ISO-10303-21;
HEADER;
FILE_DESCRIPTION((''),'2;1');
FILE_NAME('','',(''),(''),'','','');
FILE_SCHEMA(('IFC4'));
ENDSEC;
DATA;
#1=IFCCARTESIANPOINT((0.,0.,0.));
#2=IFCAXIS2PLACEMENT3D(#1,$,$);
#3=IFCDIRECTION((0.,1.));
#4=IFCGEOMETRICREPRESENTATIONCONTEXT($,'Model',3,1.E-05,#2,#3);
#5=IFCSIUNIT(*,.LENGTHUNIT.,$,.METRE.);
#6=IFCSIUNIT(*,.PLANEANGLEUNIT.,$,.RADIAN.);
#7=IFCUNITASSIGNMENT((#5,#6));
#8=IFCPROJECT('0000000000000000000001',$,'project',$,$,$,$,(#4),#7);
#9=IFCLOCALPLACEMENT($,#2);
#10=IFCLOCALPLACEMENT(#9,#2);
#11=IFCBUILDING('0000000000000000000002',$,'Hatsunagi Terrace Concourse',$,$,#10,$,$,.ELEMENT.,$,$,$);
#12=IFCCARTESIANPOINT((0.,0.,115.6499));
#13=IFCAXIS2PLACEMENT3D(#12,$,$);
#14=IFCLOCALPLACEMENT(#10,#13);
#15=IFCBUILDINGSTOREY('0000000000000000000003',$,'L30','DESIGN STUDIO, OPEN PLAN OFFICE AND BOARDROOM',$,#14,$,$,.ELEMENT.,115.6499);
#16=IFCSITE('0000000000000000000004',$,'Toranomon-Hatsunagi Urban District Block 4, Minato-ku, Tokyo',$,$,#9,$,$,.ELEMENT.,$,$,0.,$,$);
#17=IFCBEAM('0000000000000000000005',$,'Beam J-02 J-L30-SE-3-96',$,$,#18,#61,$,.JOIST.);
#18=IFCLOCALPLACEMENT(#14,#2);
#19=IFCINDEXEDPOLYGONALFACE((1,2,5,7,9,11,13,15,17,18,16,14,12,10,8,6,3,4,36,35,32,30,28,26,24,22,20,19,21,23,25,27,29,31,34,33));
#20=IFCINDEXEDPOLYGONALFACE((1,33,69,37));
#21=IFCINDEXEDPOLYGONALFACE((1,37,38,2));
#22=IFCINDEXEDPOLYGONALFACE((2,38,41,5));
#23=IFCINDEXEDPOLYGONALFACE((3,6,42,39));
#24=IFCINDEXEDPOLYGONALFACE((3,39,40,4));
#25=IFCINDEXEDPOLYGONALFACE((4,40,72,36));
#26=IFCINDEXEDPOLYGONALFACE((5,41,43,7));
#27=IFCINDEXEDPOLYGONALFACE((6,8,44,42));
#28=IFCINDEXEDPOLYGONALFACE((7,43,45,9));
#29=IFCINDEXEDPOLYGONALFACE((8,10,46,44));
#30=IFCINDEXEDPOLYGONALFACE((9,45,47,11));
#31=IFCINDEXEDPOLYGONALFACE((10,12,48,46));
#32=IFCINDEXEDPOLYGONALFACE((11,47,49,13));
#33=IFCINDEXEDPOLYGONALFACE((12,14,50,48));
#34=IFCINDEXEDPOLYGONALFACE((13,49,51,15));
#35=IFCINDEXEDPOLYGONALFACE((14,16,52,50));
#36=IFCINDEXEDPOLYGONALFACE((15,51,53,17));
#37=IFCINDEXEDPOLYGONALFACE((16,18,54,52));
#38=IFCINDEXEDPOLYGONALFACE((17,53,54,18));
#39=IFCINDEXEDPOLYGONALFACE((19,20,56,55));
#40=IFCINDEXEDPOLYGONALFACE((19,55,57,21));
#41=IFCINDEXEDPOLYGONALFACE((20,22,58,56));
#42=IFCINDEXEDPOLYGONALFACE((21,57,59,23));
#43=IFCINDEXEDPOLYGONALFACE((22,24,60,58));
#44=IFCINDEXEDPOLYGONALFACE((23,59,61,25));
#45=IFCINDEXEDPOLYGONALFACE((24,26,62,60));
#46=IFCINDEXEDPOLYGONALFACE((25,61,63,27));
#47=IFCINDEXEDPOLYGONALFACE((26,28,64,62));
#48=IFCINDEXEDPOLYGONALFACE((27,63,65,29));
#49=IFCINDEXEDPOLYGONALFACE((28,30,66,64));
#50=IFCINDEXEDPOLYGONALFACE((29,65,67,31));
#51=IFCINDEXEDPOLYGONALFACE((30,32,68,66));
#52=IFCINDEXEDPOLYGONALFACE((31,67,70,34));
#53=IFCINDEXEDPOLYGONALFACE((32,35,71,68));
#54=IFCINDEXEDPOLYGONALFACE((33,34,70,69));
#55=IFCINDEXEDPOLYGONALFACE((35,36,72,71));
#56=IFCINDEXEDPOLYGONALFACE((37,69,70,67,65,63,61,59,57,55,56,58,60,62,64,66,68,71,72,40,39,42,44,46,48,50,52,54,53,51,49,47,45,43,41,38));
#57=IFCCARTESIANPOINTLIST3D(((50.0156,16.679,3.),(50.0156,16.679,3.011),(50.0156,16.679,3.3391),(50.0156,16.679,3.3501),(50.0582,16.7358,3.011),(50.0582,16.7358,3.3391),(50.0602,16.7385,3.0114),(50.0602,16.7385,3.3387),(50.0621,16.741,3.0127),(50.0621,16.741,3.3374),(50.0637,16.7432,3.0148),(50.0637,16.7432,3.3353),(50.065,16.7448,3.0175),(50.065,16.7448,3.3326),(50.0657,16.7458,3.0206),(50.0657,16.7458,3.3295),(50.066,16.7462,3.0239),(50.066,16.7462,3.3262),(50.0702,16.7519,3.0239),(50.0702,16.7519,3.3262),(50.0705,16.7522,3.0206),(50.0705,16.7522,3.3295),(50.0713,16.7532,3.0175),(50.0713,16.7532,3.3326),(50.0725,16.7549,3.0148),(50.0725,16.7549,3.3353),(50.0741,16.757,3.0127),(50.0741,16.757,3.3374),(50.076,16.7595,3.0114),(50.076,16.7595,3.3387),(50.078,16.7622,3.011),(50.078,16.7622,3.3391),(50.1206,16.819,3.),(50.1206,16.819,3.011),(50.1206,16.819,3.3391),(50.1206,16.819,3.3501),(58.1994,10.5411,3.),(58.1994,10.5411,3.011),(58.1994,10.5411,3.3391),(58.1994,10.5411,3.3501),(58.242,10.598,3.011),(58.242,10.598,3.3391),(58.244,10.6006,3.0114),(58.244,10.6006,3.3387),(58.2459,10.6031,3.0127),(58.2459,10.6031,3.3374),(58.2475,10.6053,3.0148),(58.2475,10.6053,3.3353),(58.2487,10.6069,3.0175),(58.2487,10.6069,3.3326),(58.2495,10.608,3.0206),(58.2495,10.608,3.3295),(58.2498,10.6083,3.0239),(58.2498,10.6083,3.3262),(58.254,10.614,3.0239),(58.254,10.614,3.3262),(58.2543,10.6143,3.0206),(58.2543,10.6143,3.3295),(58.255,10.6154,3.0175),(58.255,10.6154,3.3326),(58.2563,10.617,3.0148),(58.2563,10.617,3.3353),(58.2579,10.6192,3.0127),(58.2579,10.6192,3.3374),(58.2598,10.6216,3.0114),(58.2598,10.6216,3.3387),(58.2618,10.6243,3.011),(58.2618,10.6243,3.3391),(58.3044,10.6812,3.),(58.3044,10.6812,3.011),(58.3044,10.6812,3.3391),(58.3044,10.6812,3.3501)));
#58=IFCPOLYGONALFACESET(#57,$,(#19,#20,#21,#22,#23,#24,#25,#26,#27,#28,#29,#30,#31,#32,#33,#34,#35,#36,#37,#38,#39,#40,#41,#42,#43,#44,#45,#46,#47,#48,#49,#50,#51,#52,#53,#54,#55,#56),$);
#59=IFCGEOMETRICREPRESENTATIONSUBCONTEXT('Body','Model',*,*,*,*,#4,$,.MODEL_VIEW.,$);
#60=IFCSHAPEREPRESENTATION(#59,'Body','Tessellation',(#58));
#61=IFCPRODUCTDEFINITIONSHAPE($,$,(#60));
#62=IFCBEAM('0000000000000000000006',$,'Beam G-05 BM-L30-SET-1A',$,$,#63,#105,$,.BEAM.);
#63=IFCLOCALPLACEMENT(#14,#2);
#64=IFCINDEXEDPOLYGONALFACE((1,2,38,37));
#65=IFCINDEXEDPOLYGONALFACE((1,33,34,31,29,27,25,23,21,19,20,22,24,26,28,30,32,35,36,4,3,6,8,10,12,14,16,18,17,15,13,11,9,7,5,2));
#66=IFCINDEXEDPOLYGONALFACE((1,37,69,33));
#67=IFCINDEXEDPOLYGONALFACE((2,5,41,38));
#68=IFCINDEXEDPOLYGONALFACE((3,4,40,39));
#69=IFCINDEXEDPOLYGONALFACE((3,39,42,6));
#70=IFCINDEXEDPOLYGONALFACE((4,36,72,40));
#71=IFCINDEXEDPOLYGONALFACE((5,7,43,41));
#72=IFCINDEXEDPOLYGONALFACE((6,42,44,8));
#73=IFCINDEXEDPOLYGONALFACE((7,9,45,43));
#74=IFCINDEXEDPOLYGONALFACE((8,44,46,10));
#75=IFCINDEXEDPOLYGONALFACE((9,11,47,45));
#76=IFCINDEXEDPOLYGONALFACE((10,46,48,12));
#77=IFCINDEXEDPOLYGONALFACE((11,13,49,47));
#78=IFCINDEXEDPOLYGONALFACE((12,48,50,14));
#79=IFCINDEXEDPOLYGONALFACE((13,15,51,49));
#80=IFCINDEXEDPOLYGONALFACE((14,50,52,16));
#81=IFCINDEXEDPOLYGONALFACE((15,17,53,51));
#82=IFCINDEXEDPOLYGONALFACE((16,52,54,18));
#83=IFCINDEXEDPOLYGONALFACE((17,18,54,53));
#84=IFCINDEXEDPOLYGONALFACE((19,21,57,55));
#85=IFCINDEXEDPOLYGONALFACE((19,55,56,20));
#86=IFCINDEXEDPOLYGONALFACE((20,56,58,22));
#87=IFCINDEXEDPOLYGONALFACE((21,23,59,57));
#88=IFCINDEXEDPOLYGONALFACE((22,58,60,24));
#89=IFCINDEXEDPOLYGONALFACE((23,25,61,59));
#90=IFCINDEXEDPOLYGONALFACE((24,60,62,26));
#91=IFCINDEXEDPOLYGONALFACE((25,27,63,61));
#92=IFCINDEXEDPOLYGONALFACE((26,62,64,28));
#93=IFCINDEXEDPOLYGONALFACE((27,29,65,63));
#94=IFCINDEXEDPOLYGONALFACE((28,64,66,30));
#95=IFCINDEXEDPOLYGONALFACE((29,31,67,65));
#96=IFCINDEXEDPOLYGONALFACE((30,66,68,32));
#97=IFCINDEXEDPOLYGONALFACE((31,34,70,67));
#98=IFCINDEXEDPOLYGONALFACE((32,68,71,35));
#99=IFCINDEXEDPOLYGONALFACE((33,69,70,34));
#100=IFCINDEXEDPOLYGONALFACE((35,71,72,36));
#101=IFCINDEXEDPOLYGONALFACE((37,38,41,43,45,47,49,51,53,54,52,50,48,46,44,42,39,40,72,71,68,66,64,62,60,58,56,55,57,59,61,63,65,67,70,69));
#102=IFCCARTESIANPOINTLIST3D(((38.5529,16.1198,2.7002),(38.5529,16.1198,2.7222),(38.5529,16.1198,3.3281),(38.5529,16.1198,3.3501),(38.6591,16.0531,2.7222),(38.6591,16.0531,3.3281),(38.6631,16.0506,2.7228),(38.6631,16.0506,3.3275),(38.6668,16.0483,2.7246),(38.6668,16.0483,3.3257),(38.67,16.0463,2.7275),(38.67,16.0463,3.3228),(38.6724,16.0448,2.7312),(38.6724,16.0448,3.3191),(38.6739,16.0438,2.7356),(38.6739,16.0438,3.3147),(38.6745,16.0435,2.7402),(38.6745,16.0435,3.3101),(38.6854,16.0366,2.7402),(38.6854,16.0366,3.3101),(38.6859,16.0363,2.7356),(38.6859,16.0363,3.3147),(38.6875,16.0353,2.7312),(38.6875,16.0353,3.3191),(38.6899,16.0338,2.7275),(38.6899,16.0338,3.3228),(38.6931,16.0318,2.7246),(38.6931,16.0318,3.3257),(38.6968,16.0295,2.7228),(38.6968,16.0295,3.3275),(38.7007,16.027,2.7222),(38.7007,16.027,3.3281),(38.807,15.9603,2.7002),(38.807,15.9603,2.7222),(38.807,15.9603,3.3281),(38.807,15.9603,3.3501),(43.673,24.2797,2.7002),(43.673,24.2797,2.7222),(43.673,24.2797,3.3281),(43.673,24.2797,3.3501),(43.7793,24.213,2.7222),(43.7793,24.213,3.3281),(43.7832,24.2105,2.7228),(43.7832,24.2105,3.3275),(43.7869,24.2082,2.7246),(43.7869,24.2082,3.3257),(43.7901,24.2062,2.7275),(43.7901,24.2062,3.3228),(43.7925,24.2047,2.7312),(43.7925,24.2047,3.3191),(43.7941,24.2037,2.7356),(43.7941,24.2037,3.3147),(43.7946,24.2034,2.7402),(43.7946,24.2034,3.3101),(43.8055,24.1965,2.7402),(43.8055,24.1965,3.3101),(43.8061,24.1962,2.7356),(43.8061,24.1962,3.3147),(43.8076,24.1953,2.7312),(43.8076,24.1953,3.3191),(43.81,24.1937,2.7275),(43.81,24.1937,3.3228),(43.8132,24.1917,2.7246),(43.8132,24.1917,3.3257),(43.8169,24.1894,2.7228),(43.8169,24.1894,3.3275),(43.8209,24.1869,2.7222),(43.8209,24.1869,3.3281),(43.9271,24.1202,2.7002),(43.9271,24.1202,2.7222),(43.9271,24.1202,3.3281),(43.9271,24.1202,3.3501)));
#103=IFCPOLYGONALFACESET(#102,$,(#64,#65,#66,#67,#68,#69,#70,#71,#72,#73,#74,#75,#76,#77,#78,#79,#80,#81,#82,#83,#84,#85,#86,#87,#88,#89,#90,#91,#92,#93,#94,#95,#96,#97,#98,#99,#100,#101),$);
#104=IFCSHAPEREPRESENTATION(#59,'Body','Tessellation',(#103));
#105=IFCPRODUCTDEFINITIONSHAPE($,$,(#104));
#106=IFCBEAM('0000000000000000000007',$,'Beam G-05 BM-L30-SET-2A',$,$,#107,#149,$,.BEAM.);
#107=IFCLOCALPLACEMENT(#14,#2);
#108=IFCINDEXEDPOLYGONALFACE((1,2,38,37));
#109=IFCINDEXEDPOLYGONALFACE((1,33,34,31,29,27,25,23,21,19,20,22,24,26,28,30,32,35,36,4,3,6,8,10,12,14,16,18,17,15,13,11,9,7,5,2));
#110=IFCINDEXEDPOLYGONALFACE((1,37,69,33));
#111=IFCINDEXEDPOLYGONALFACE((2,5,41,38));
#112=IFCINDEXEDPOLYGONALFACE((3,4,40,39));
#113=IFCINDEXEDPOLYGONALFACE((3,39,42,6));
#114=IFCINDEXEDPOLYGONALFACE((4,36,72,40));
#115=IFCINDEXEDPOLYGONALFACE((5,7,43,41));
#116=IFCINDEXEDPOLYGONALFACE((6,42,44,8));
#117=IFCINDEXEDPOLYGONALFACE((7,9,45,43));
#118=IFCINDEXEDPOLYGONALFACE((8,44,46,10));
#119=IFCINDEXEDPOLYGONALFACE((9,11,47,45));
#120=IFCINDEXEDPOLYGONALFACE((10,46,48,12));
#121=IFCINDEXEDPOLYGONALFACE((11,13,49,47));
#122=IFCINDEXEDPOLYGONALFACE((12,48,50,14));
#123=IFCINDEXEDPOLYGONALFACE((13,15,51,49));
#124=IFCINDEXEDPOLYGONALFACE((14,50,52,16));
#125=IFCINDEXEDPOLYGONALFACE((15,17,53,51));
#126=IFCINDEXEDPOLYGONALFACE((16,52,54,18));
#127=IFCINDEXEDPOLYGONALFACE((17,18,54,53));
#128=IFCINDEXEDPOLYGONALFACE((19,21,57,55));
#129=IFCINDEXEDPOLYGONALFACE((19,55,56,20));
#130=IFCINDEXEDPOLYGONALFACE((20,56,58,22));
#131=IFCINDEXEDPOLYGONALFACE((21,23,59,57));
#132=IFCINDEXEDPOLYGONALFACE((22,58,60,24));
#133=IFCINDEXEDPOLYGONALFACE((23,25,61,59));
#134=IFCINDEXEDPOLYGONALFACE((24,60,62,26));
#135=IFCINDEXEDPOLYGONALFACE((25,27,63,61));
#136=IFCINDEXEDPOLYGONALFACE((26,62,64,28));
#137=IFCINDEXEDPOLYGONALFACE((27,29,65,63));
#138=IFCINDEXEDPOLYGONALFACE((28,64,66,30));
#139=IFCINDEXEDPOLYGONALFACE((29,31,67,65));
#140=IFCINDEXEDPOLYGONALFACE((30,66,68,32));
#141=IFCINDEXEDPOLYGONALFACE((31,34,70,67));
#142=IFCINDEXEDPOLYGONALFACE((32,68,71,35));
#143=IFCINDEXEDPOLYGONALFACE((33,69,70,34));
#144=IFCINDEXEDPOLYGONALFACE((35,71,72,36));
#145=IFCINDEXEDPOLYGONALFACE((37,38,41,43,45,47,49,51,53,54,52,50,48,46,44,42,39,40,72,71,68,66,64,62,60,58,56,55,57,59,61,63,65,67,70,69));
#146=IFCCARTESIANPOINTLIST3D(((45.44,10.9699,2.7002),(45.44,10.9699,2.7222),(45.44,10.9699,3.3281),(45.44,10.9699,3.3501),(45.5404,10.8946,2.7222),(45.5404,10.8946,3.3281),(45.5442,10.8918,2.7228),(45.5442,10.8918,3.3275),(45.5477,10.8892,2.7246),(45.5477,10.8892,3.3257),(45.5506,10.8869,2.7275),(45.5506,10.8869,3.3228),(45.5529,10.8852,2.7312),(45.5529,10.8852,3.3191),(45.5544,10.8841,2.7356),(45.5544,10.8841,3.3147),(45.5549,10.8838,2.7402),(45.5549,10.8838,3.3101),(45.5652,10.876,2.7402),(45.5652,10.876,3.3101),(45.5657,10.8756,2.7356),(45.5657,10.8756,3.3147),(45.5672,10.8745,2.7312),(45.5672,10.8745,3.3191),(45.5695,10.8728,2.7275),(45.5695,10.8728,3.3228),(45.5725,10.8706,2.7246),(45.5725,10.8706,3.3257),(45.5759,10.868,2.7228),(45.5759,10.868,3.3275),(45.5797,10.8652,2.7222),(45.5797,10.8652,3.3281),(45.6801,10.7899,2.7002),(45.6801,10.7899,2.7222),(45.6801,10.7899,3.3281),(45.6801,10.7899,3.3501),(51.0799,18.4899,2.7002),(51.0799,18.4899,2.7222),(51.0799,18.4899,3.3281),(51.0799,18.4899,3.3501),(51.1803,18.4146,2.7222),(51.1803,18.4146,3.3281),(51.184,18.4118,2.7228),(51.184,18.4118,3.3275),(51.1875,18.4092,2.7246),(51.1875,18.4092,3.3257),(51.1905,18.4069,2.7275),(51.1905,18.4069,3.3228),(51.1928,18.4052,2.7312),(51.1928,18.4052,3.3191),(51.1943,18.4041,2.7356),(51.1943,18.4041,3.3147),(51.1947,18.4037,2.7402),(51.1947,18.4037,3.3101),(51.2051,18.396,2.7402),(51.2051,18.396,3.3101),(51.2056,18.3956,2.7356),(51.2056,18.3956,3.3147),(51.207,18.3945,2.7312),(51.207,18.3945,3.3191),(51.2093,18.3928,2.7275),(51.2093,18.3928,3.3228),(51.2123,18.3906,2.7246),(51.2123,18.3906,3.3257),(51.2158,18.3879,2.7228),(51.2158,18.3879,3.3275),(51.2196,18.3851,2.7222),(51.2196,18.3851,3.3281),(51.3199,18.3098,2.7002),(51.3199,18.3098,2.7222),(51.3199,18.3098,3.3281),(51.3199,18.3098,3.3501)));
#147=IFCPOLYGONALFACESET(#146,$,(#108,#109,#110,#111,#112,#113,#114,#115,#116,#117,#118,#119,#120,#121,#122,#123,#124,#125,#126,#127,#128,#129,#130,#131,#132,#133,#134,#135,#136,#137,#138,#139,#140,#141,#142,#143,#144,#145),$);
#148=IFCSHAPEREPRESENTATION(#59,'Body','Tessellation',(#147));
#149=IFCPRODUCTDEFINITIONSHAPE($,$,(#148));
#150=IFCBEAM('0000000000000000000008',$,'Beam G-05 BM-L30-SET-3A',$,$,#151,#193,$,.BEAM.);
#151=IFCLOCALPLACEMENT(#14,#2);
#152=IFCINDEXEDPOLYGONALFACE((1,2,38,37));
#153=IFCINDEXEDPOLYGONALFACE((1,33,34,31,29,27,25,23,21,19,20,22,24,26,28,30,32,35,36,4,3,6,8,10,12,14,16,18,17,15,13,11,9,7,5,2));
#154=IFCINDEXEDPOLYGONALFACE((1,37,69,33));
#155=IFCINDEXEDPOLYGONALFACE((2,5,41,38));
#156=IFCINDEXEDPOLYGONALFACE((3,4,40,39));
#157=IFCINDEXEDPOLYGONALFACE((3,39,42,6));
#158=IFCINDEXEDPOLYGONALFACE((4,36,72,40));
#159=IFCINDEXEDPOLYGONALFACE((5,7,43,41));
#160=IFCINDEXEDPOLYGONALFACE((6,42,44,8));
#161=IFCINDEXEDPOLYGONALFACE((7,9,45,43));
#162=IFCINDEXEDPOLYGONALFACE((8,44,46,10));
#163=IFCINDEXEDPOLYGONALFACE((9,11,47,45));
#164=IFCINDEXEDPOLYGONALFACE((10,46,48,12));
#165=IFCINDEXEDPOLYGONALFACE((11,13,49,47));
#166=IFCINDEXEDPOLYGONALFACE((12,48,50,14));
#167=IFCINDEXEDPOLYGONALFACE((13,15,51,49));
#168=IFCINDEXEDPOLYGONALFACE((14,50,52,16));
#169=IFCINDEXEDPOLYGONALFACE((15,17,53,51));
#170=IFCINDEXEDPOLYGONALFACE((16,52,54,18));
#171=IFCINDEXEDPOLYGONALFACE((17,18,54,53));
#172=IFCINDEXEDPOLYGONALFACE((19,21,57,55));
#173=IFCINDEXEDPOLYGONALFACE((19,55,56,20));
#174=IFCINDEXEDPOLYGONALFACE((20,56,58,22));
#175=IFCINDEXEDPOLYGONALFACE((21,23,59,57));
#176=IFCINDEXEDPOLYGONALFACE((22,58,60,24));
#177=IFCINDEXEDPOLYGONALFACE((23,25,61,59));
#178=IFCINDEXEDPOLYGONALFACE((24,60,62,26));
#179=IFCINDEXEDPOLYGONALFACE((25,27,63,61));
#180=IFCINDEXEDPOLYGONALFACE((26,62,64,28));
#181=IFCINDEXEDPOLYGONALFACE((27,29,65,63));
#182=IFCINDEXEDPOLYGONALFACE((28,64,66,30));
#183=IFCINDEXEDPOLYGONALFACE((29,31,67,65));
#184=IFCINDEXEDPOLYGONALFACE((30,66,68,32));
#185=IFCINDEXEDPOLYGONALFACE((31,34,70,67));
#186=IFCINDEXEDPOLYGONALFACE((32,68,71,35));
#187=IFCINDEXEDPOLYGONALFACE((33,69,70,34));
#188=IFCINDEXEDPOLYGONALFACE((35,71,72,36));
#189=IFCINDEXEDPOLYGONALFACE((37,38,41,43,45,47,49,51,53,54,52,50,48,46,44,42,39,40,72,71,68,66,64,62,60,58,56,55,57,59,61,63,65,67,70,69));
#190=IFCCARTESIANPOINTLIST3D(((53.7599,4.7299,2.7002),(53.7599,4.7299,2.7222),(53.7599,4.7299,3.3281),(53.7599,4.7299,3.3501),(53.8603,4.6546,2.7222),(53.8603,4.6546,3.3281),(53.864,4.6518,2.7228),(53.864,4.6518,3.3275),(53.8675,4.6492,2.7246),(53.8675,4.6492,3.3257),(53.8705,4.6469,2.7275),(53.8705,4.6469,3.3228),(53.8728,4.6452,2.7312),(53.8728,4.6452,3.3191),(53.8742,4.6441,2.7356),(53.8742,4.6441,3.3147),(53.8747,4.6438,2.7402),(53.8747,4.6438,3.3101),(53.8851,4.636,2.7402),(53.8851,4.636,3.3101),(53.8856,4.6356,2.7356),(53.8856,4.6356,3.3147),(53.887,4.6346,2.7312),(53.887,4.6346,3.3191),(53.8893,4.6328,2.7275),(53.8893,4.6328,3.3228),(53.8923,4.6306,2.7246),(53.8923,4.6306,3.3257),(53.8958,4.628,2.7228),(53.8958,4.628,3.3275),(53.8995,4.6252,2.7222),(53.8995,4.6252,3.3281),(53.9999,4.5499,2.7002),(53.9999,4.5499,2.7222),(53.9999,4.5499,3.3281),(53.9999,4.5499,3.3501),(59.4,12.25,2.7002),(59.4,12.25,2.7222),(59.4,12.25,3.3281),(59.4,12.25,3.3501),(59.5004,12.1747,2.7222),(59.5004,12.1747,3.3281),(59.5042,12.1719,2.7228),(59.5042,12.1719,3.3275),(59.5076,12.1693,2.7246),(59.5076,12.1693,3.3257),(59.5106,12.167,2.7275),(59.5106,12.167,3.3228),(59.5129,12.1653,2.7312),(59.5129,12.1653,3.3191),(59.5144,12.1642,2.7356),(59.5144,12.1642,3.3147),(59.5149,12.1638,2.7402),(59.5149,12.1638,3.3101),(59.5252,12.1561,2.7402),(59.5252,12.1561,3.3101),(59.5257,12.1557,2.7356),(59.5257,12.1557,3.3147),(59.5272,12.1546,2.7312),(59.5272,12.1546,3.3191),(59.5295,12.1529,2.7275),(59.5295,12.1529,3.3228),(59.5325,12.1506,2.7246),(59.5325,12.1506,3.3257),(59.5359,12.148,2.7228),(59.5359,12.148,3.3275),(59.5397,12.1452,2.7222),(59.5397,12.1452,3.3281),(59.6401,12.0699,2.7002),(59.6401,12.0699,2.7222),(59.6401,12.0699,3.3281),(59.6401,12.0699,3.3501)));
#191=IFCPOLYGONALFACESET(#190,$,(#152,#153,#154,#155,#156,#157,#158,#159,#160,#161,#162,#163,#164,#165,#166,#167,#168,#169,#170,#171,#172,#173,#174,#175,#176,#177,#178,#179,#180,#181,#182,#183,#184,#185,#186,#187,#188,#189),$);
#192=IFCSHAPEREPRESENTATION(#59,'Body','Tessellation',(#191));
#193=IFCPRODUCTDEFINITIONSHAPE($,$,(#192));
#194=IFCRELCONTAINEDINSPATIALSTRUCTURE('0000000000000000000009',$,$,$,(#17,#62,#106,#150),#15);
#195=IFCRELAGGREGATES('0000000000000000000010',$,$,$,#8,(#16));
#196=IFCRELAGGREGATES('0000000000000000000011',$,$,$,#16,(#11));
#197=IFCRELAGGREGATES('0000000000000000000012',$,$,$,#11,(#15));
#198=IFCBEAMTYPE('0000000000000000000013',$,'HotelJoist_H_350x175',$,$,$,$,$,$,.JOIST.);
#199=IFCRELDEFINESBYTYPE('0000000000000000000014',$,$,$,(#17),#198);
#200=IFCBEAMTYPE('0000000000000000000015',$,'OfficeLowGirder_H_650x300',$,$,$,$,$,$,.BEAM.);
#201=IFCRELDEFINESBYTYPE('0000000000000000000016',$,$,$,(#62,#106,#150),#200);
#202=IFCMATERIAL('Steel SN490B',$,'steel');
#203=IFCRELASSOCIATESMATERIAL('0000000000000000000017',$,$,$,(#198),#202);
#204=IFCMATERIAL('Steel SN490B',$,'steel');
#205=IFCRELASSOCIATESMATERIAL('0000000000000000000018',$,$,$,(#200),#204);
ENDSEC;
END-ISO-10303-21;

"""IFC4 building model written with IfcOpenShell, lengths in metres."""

from ifc_helpers import new_model, si_unit, direction, frame, origin, origin_2d, place, context, subcontext, project, spatial, i_section, extrude, material, material_profile, profile_set, type_object, element, save


model = new_model("IFC4")

# Units and contexts
model_context = context("Model", 3, precision=1e-05, world=origin(), true_north=direction((0.0, 1.0)))
body_context = subcontext(model_context, "Body", "Model", "MODEL_VIEW")
ifc_project = project(units=[si_unit("LENGTHUNIT", "METRE"), si_unit("PLANEANGLEUNIT", "RADIAN")], contexts=[model_context])

# Site, building, storey
site_placement = place(None, origin())
site = spatial("IfcSite", under=ifc_project, at=site_placement, Name="Toranomon-Hatsunagi Urban District Block 4, Minato-ku, Tokyo", CompositionType="ELEMENT", RefElevation=0.0)
building_placement = place(site_placement, origin())
building = spatial("IfcBuilding", under=site, at=building_placement, Name="Hatsunagi Terrace Concourse", CompositionType="ELEMENT")
storey_placement = place(building_placement, frame((0.0, 0.0, 115.6499)))
storey = spatial("IfcBuildingStorey", under=building, at=storey_placement, Name="L30", Description="DESIGN STUDIO, OPEN PLAN OFFICE AND BOARDROOM", CompositionType="ELEMENT", Elevation=115.6499)

# Beams
ifc_material_1 = material(Name="Steel SN490B", Category="steel")
ifc_material_profile_1 = material_profile(ifc_material_1, i_section(OverallWidth=0.175, OverallDepth=0.3501, WebThickness=0.0071, FlangeThickness=0.011, FilletRadius=0.0129, at=origin_2d()), Name="H-350x175x7x11")
ifc_profile_set_1 = profile_set([ifc_material_profile_1], Name="Steel SN490B")
beam_type_1 = type_object("IfcBeamType", Name="HotelJoist_H_350x175", PredefinedType="JOIST", material=ifc_profile_set_1)
beam_1_placement = place(storey_placement, frame((50.0681, 16.749, 3.175), z_axis=(0.799997, -0.600004, 0.0), x_axis=(0.600004, 0.799997, 0.0)))
element("IfcBeam", 1, at=beam_1_placement, inside=storey, type_object=beam_type_1, Name="Beam J-02 J-L30-SE-3-96", PredefinedType="JOIST", context=body_context, shape_type="SweptSolid", body=[
    extrude(i_section(OverallWidth=0.175, OverallDepth=0.3501, WebThickness=0.0071, FlangeThickness=0.011, FilletRadius=0.0129, at=origin_2d()), origin(), (0.0, 0.0, 1.0), 10.2297),
])
ifc_material_2 = material(Name="Steel SN490B", Category="steel")
ifc_material_profile_2 = material_profile(ifc_material_2, i_section(OverallWidth=0.3, OverallDepth=0.6499, WebThickness=0.0129, FlangeThickness=0.022, FilletRadius=0.0181, at=origin_2d()), Name="H-650x300x13x22")
ifc_profile_set_2 = profile_set([ifc_material_profile_2], Name="Steel SN490B")
beam_type_2 = type_object("IfcBeamType", Name="OfficeLowGirder_H_650x300", PredefinedType="BEAM", material=ifc_profile_set_2)
beam_2_placement = place(storey_placement, frame((38.6799, 16.04, 3.0251), z_axis=(0.531504, 0.847056, 0.0), x_axis=(-0.847056, 0.531504, 0.0)))
element("IfcBeam", 2, at=beam_2_placement, inside=storey, type_object=beam_type_2, Name="Beam G-05 BM-L30-SET-1A", PredefinedType="BEAM", context=body_context, shape_type="SweptSolid", body=[
    extrude(i_section(OverallWidth=0.3, OverallDepth=0.6499, WebThickness=0.0129, FlangeThickness=0.022, FilletRadius=0.0181, at=origin_2d()), origin(), (0.0, 0.0, 1.0), 9.6333),
])
beam_3_placement = place(storey_placement, frame((45.5601, 10.8799, 3.0251), z_axis=(0.599992, 0.800006, 0.0), x_axis=(-0.800006, 0.599992, 0.0)))
element("IfcBeam", 3, at=beam_3_placement, inside=storey, type_object=beam_type_2, Name="Beam G-05 BM-L30-SET-2A", PredefinedType="BEAM", context=body_context, shape_type="SweptSolid", body=[
    extrude(i_section(OverallWidth=0.3, OverallDepth=0.6499, WebThickness=0.0129, FlangeThickness=0.022, FilletRadius=0.0181, at=origin_2d()), origin(), (0.0, 0.0, 1.0), 9.3999),
])
beam_4_placement = place(storey_placement, frame((53.8799, 4.6399, 3.0251), z_axis=(0.600008, 0.799994, 0.0), x_axis=(-0.799994, 0.600008, 0.0)))
element("IfcBeam", 4, at=beam_4_placement, inside=storey, type_object=beam_type_2, Name="Beam G-05 BM-L30-SET-3A", PredefinedType="BEAM", context=body_context, shape_type="SweptSolid", body=[
    extrude(i_section(OverallWidth=0.3, OverallDepth=0.6499, WebThickness=0.0129, FlangeThickness=0.022, FilletRadius=0.0181, at=origin_2d()), origin(), (0.0, 0.0, 1.0), 9.4001),
])

save(model, "model.ifc")
